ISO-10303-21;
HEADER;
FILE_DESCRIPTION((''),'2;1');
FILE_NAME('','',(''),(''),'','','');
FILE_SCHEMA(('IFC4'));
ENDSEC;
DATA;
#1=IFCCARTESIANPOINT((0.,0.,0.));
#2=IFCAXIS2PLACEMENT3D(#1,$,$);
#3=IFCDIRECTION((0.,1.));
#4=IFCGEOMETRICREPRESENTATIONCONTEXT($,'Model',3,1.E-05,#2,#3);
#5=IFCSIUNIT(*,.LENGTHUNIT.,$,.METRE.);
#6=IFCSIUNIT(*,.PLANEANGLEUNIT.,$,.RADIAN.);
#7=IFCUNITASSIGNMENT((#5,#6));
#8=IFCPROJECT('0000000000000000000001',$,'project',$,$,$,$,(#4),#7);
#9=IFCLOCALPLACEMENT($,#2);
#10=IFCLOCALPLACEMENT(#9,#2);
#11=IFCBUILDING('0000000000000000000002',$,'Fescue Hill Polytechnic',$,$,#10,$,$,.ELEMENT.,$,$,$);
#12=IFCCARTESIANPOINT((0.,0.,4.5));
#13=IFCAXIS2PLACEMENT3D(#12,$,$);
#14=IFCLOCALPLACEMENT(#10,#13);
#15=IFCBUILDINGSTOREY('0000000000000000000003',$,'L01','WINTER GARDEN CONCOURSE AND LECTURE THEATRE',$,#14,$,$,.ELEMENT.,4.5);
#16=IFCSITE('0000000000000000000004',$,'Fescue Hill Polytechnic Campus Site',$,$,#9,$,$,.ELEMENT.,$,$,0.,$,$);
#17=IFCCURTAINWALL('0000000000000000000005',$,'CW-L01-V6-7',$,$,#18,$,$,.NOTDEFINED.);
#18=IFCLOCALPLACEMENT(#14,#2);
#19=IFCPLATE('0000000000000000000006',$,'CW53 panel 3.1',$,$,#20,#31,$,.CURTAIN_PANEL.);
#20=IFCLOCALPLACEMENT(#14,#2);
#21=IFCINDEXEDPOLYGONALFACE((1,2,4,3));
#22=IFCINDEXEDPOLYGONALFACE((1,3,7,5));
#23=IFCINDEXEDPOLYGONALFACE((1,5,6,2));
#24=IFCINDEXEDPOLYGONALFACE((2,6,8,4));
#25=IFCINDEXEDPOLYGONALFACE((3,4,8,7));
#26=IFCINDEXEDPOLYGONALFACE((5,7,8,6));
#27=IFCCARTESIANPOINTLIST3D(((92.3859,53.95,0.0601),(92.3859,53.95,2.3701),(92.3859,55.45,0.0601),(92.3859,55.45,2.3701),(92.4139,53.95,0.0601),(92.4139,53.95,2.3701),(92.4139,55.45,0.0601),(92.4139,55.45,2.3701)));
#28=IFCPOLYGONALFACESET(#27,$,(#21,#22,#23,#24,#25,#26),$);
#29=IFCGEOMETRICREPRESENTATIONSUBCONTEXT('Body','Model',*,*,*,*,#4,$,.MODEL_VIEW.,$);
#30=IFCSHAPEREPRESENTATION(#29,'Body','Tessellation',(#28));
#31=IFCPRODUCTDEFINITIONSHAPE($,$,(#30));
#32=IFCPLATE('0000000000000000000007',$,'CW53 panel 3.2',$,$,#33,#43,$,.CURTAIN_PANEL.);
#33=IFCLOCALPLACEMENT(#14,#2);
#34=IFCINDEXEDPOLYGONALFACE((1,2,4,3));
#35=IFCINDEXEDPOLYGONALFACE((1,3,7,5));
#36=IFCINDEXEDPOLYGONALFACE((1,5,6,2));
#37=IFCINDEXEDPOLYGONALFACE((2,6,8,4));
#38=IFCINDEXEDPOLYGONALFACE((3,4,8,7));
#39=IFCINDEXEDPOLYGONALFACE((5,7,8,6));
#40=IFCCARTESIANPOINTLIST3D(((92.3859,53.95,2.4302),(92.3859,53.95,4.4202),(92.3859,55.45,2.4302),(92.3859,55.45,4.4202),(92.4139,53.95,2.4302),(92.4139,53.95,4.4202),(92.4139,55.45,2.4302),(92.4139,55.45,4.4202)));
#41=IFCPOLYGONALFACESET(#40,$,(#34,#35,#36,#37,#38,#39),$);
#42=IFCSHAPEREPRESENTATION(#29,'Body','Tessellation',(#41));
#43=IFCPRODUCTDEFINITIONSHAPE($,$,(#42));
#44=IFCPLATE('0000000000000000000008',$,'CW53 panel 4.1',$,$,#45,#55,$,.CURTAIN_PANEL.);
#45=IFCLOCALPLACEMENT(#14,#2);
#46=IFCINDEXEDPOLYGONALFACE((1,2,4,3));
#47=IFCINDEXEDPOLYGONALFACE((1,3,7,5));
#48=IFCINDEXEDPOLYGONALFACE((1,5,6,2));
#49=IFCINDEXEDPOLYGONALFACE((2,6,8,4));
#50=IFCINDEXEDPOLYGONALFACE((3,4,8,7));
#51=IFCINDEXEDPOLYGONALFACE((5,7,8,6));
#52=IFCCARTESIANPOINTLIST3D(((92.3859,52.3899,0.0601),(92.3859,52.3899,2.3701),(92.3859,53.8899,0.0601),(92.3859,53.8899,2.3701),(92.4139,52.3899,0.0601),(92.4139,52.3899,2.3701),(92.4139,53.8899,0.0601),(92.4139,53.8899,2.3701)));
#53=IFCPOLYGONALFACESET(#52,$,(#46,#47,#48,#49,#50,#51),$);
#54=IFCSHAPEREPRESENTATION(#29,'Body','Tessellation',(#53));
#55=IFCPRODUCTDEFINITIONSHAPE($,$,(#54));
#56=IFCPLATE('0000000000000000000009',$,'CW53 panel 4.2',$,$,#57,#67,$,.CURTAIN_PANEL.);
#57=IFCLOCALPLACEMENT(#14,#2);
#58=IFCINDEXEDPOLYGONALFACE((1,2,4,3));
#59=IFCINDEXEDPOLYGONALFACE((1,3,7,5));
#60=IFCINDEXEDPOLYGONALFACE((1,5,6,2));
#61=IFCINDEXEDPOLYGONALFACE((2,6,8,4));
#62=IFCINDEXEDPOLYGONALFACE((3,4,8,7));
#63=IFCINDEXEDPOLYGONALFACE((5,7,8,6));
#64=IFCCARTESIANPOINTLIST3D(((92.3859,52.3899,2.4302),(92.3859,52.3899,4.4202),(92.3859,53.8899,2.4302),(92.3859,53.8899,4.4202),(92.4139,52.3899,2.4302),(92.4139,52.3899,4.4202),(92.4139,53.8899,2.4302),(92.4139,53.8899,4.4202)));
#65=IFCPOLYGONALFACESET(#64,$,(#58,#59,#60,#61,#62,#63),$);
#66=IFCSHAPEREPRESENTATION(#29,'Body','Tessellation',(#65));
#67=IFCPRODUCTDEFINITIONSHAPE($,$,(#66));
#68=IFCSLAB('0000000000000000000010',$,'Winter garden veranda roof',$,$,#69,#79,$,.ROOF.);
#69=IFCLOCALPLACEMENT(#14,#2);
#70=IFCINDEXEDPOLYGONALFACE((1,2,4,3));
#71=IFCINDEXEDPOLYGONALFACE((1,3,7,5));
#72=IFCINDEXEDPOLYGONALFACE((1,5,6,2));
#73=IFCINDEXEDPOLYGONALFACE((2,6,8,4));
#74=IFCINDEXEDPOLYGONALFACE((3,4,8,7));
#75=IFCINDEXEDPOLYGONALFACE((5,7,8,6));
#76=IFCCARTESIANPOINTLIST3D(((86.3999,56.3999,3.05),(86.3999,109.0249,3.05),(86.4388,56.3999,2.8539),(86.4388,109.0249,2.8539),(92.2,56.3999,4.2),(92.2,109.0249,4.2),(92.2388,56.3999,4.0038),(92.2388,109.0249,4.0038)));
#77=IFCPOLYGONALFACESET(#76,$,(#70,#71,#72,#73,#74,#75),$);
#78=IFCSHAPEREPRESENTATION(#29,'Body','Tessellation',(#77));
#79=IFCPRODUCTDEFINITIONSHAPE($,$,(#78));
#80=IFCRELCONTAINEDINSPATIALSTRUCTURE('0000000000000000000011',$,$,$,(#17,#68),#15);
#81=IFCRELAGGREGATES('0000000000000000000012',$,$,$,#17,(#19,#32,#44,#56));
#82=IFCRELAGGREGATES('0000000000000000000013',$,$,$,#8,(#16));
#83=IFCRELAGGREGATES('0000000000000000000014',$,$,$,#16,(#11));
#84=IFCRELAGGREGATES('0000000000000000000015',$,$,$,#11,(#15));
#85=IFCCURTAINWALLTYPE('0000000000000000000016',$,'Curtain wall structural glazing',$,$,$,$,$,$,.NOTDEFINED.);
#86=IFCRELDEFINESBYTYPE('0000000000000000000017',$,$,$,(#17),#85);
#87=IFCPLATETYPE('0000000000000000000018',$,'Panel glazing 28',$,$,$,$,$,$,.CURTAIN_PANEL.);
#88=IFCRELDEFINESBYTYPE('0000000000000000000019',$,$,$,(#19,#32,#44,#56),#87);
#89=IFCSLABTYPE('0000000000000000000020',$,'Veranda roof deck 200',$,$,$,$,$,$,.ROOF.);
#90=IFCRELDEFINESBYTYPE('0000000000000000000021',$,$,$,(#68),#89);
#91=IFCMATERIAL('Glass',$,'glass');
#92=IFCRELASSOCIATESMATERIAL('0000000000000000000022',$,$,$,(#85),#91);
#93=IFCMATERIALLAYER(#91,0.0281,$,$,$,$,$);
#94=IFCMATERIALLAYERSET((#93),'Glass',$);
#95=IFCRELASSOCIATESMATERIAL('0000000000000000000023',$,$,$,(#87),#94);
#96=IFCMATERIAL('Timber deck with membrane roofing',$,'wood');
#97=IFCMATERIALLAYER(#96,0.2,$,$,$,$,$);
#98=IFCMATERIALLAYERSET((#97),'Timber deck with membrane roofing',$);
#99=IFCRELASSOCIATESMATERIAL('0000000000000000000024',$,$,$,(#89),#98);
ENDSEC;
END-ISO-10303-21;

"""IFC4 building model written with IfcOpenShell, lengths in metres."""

from ifc_helpers import new_model, si_unit, direction, frame, origin, origin_2d, place, context, subcontext, project, spatial, polyline, rectangle, outline, extrude, material, layer, layer_set, type_object, element, aggregate, save


model = new_model("IFC4")

# Units and contexts
model_context = context("Model", 3, precision=1e-05, world=origin(), true_north=direction((0.0, 1.0)))
body_context = subcontext(model_context, "Body", "Model", "MODEL_VIEW")
ifc_project = project(units=[si_unit("LENGTHUNIT", "METRE"), si_unit("PLANEANGLEUNIT", "RADIAN")], contexts=[model_context])

# Site, building, storey
site_placement = place(None, origin())
site = spatial("IfcSite", under=ifc_project, at=site_placement, Name="Fescue Hill Polytechnic Campus Site", CompositionType="ELEMENT", RefElevation=0.0)
building_placement = place(site_placement, origin())
building = spatial("IfcBuilding", under=site, at=building_placement, Name="Fescue Hill Polytechnic", CompositionType="ELEMENT")
storey_placement = place(building_placement, frame((0.0, 0.0, 4.5)))
storey = spatial("IfcBuildingStorey", under=building, at=storey_placement, Name="L01", Description="WINTER GARDEN CONCOURSE AND LECTURE THEATRE", CompositionType="ELEMENT", Elevation=4.5)

# Curtain wall
ifc_material_1 = material(Name="Glass", Category="glass")
curtain_wall_type = type_object("IfcCurtainWallType", Name="Curtain wall structural glazing", PredefinedType="NOTDEFINED", material=ifc_material_1)
curtain_wall_placement = place(storey_placement, origin())
curtain_wall = element("IfcCurtainWall", 1, at=curtain_wall_placement, inside=storey, type_object=curtain_wall_type, Name="CW-L01-V6-7", PredefinedType="NOTDEFINED")

# Plates
ifc_layer_1 = layer(ifc_material_1, 0.0281)
ifc_layer_set_1 = layer_set([ifc_layer_1], Name="Glass")
plate_type = type_object("IfcPlateType", Name="Panel glazing 28", PredefinedType="CURTAIN_PANEL", material=ifc_layer_set_1)
plate_1_placement = place(storey_placement, frame((92.3999, 54.7, 0.0601), z_axis=(0.0, 0.0, 1.0), x_axis=(0.0, -1.0, 0.0)))
plate_1 = element("IfcPlate", 2, at=plate_1_placement, type_object=plate_type, Name="CW53 panel 3.1", PredefinedType="CURTAIN_PANEL", context=body_context, shape_type="SweptSolid", body=[
    extrude(rectangle(XDim=1.5, YDim=0.0281, at=origin_2d()), origin(), (0.0, 0.0, 1.0), 2.3101),
])
plate_2_placement = place(storey_placement, frame((92.3999, 54.7, 2.4302), z_axis=(0.0, 0.0, 1.0), x_axis=(0.0, -1.0, 0.0)))
plate_2 = element("IfcPlate", 3, at=plate_2_placement, type_object=plate_type, Name="CW53 panel 3.2", PredefinedType="CURTAIN_PANEL", context=body_context, shape_type="SweptSolid", body=[
    extrude(rectangle(XDim=1.5, YDim=0.0281, at=origin_2d()), origin(), (0.0, 0.0, 1.0), 1.99),
])
plate_3_placement = place(storey_placement, frame((92.3999, 53.1399, 0.0601), z_axis=(0.0, 0.0, 1.0), x_axis=(0.0, -1.0, 0.0)))
plate_3 = element("IfcPlate", 4, at=plate_3_placement, type_object=plate_type, Name="CW53 panel 4.1", PredefinedType="CURTAIN_PANEL", context=body_context, shape_type="SweptSolid", body=[
    extrude(rectangle(XDim=1.5, YDim=0.0281, at=origin_2d()), origin(), (0.0, 0.0, 1.0), 2.3101),
])
plate_4_placement = place(storey_placement, frame((92.3999, 53.1399, 2.4302), z_axis=(0.0, 0.0, 1.0), x_axis=(0.0, -1.0, 0.0)))
plate_4 = element("IfcPlate", 5, at=plate_4_placement, type_object=plate_type, Name="CW53 panel 4.2", PredefinedType="CURTAIN_PANEL", context=body_context, shape_type="SweptSolid", body=[
    extrude(rectangle(XDim=1.5, YDim=0.0281, at=origin_2d()), origin(), (0.0, 0.0, 1.0), 1.99),
])
aggregate(curtain_wall, [plate_1, plate_2, plate_3, plate_4])

# Slab
ifc_material_2 = material(Name="Timber deck with membrane roofing", Category="wood")
ifc_layer_2 = layer(ifc_material_2, 0.2)
ifc_layer_set_2 = layer_set([ifc_layer_2], Name="Timber deck with membrane roofing")
slab_type = type_object("IfcSlabType", Name="Veranda roof deck 200", PredefinedType="ROOF", material=ifc_layer_set_2)
slab_placement = place(storey_placement, frame((92.2, 56.3999, 4.2), z_axis=(-0.194472, 0.0, 0.980908), x_axis=(-0.980908, 0.0, -0.194472)))
element("IfcSlab", 6, at=slab_placement, inside=storey, type_object=slab_type, Name="Winter garden veranda roof", PredefinedType="ROOF", context=body_context, shape_type="SweptSolid", body=[
    extrude(outline(polyline([(0.0, 0.0), (5.9129, 0.0), (5.9129, -52.625), (0.0, -52.625), (0.0, 0.0)])), origin(), (0.0, 0.0, -1.0), 0.2),
])

save(model, "model.ifc")
